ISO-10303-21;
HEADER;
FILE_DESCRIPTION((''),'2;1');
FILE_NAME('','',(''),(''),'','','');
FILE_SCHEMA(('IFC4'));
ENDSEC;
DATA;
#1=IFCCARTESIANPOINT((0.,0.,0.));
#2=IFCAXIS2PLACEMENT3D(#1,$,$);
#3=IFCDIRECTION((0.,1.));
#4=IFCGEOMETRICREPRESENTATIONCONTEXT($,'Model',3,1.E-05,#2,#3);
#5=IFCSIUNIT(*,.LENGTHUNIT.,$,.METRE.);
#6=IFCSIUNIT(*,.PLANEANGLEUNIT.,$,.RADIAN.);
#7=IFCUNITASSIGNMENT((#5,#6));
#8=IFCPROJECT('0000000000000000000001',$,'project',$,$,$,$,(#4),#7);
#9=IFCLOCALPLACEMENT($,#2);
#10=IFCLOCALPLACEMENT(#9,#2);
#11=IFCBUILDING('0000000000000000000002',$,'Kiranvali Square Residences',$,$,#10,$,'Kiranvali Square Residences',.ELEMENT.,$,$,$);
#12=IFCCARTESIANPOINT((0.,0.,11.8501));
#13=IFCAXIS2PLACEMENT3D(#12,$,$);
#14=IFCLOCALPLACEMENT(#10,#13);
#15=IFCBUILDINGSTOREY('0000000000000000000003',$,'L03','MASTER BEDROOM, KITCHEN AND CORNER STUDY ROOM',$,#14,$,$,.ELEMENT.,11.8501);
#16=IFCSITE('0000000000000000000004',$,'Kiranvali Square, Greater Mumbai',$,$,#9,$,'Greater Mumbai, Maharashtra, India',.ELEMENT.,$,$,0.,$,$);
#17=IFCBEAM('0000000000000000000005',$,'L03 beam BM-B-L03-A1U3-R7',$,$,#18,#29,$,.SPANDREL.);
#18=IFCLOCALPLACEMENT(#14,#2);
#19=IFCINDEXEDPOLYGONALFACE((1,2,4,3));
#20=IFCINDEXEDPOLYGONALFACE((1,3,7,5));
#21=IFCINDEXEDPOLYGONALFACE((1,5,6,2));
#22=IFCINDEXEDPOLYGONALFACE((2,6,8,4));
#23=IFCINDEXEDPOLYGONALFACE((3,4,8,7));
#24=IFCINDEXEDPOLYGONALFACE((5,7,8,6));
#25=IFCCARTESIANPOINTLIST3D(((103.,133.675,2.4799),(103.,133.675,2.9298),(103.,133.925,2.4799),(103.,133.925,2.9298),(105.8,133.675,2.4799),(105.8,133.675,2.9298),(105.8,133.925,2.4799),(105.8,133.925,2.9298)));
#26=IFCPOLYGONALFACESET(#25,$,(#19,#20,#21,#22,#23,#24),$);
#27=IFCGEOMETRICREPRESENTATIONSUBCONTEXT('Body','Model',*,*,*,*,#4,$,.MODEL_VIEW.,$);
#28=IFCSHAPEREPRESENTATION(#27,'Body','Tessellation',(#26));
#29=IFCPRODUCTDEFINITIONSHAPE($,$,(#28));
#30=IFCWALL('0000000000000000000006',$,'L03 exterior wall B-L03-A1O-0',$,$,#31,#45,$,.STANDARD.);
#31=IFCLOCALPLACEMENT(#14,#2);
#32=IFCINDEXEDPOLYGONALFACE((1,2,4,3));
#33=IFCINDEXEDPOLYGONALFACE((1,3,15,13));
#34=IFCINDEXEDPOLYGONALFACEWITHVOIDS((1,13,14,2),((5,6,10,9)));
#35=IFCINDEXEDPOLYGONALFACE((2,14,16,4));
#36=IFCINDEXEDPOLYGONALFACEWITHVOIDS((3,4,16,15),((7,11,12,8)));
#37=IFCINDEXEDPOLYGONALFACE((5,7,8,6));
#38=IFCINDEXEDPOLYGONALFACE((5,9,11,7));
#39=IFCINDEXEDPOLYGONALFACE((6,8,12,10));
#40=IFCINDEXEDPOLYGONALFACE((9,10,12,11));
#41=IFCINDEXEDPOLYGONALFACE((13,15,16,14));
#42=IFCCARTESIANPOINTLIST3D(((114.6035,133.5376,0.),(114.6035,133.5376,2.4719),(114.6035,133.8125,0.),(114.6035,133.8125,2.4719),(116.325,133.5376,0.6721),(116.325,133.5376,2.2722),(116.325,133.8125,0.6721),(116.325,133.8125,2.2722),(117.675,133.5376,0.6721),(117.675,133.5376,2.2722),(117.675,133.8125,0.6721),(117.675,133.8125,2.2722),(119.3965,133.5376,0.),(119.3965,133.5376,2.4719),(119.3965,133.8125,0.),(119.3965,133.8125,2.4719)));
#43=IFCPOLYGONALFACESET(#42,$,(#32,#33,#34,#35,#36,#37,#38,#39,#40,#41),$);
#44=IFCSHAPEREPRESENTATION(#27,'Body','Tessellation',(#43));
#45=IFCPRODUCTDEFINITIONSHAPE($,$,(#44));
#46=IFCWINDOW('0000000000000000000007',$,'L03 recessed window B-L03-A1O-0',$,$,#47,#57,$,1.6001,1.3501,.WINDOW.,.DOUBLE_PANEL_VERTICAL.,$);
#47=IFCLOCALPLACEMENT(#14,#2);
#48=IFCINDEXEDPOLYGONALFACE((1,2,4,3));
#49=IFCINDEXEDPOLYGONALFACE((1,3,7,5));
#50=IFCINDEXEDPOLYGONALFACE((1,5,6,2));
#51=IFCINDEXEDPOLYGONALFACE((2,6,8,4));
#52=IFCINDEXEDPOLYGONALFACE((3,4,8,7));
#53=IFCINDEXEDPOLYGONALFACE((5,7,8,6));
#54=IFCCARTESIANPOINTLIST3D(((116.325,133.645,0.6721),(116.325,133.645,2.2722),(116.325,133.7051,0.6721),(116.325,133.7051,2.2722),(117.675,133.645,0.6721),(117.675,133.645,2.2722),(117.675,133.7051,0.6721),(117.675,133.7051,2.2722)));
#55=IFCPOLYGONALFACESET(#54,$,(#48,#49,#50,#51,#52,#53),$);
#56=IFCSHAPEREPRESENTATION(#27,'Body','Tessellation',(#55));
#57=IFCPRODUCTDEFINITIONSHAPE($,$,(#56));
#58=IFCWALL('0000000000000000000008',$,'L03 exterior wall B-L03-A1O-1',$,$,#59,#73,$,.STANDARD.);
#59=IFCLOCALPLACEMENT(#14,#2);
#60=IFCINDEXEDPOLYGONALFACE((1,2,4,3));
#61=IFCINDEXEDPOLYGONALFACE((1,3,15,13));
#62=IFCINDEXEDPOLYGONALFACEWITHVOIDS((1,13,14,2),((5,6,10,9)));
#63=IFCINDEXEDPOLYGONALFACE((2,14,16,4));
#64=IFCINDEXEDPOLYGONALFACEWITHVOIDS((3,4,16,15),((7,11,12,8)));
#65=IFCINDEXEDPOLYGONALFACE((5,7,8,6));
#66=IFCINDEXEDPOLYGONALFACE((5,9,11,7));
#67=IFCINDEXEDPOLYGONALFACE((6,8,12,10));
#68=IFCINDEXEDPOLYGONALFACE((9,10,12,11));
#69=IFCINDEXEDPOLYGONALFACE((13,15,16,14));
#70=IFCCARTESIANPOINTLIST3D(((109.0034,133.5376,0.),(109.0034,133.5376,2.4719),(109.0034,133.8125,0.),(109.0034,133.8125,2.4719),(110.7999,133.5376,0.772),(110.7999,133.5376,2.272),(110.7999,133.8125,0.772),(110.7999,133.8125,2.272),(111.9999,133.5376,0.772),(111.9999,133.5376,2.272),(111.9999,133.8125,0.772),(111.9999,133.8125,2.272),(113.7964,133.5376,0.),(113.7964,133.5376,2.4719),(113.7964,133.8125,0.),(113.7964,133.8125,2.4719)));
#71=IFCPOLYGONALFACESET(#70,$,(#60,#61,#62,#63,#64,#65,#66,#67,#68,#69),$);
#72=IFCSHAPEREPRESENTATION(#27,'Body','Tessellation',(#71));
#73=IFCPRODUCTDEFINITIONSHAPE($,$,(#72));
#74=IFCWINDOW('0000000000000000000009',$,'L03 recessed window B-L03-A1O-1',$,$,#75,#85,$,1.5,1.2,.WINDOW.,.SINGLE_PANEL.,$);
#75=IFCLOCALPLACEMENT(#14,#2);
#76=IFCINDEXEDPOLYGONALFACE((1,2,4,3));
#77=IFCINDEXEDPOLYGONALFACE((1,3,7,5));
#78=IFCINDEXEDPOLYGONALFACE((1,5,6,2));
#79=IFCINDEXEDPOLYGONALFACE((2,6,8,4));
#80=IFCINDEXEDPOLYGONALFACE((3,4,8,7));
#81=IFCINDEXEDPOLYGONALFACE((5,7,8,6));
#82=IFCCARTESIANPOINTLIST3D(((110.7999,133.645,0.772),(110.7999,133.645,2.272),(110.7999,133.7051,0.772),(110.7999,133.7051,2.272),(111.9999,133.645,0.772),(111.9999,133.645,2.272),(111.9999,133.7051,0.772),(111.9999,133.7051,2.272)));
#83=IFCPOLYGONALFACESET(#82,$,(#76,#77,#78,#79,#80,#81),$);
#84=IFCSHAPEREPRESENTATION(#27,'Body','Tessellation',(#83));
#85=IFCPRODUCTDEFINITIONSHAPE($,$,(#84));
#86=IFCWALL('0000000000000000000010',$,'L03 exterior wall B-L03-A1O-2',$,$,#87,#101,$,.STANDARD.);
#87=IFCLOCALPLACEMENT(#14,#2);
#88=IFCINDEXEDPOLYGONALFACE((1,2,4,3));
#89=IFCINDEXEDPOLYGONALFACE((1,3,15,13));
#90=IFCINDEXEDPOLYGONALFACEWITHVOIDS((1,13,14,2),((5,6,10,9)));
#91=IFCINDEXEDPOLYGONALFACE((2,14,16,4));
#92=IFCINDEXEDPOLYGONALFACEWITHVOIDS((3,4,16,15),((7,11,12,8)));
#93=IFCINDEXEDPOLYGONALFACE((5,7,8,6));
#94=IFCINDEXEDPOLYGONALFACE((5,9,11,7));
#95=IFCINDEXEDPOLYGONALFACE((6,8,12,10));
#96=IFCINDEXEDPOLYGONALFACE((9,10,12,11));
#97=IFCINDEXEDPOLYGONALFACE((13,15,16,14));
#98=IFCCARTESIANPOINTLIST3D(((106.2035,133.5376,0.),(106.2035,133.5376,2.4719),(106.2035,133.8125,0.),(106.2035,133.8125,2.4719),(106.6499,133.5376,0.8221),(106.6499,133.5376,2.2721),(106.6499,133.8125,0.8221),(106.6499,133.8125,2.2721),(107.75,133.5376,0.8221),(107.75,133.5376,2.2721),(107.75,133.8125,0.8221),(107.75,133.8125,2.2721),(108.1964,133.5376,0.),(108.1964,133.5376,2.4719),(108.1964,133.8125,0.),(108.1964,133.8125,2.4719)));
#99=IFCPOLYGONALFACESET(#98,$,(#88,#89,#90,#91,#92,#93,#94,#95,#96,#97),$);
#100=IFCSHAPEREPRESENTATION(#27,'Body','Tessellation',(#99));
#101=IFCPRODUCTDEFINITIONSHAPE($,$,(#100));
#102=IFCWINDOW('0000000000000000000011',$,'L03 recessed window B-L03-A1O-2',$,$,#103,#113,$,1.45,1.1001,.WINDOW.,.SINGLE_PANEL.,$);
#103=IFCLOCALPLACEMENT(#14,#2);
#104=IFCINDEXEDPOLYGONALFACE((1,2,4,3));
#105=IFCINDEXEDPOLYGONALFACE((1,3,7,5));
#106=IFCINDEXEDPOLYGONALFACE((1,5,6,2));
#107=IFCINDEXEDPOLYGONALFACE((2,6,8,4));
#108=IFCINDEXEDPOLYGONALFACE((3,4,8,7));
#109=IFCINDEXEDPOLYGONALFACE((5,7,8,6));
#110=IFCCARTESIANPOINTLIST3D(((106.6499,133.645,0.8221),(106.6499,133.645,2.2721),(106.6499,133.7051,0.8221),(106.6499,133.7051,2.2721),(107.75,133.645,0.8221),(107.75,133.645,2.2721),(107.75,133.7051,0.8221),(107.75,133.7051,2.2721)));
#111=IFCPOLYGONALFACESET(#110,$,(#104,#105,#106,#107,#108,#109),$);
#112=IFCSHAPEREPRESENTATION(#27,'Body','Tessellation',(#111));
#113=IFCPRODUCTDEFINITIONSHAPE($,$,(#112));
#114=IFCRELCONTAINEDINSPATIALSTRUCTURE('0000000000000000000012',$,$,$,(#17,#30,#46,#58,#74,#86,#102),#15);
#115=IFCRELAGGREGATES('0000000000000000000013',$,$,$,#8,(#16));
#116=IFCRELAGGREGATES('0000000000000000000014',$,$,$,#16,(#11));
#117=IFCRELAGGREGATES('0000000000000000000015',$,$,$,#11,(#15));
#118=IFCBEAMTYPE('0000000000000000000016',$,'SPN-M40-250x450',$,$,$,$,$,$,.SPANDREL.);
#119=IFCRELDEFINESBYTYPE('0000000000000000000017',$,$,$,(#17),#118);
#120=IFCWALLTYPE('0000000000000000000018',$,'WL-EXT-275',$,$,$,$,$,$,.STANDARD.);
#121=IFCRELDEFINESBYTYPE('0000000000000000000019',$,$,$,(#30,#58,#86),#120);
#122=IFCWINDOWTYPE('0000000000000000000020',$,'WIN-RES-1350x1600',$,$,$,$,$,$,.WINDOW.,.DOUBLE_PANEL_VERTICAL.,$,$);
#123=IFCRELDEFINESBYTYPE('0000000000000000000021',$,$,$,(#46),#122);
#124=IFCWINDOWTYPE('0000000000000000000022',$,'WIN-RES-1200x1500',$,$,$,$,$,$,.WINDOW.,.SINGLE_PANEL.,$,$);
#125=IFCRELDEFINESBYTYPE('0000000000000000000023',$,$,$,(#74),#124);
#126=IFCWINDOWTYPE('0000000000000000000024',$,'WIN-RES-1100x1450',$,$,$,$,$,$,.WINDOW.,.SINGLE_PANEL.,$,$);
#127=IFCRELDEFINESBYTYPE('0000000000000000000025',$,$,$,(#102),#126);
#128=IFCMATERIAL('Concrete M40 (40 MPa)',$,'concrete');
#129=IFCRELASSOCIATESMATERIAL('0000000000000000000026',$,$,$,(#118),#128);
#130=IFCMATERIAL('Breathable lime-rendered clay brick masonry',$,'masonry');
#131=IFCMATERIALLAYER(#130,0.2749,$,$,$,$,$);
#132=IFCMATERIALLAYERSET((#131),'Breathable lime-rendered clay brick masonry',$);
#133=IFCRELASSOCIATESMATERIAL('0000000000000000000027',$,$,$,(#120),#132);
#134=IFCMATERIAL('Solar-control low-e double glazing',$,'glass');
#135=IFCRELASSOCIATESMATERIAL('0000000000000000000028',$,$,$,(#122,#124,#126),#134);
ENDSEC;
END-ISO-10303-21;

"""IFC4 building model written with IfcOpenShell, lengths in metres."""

from ifc_helpers import new_model, si_unit, direction, frame, frame_2d, origin, origin_2d, place, context, subcontext, project, spatial, rectangle, extrude, material, layer, layer_set, material_profile, profile_set, type_object, element, fill, save


model = new_model("IFC4")

# Units and contexts
model_context = context("Model", 3, precision=1e-05, world=origin(), true_north=direction((0.0, 1.0)))
body_context = subcontext(model_context, "Body", "Model", "MODEL_VIEW")
ifc_project = project(units=[si_unit("LENGTHUNIT", "METRE"), si_unit("PLANEANGLEUNIT", "RADIAN")], contexts=[model_context])

# Site, building, storey
site_placement = place(None, origin())
site = spatial("IfcSite", under=ifc_project, at=site_placement, Name="Kiranvali Square, Greater Mumbai", LongName="Greater Mumbai, Maharashtra, India", CompositionType="ELEMENT", RefElevation=0.0)
building_placement = place(site_placement, origin())
building = spatial("IfcBuilding", under=site, at=building_placement, Name="Kiranvali Square Residences", LongName="Kiranvali Square Residences", CompositionType="ELEMENT")
storey_placement = place(building_placement, frame((0.0, 0.0, 11.8501)))
storey = spatial("IfcBuildingStorey", under=building, at=storey_placement, Name="L03", Description="MASTER BEDROOM, KITCHEN AND CORNER STUDY ROOM", CompositionType="ELEMENT", Elevation=11.8501)

# Beam
ifc_material_1 = material(Name="Concrete M40 (40 MPa)", Category="concrete")
ifc_material_profile_1 = material_profile(ifc_material_1, rectangle(XDim=0.25, YDim=0.45, at=origin_2d()), Name="RC 250x450")
ifc_profile_set_1 = profile_set([ifc_material_profile_1], Name="Concrete M40 (40 MPa)")
beam_type_1 = type_object("IfcBeamType", Name="SPN-M40-250x450", PredefinedType="SPANDREL", material=ifc_profile_set_1)
for number, where, z_axis, x_axis, name in (
    (1, (105.8, 133.8, 2.7048), (-1.0, 0.0, 0.0), (0.0, -1.0, 0.0), "L03 beam BM-B-L03-A1U3-R7"),
):
    element("IfcBeam", number, at=place(storey_placement, frame(where, z_axis=z_axis, x_axis=x_axis)), inside=storey, type_object=beam_type_1, Name=name, PredefinedType="SPANDREL", context=body_context, shape_type="SweptSolid", body=[
        extrude(rectangle(XDim=0.25, YDim=0.45, at=origin_2d()), origin(), (0.0, 0.0, 1.0), 2.8),
    ])

# Walls, openings, windows
ifc_material_2 = material(Name="Breathable lime-rendered clay brick masonry", Category="masonry")
ifc_layer = layer(ifc_material_2, 0.2749)
ifc_layer_set = layer_set([ifc_layer], Name="Breathable lime-rendered clay brick masonry")
wall_type = type_object("IfcWallType", Name="WL-EXT-275", PredefinedType="STANDARD", material=ifc_layer_set)
wall_1_placement = place(storey_placement, frame((119.3965, 133.675, 0.0), z_axis=(0.0, 0.0, 1.0), x_axis=(-1.0, 0.0, 0.0)))
wall_1 = element("IfcWall", 2, at=wall_1_placement, inside=storey, type_object=wall_type, Name="L03 exterior wall B-L03-A1O-0", PredefinedType="STANDARD", context=body_context, shape_type="SweptSolid", body=[
    extrude(rectangle(XDim=4.793, YDim=0.2749, at=frame_2d((2.3965, 0.0))), origin(), (0.0, 0.0, 1.0), 2.4719),
])
opening_1_placement = place(wall_1_placement, frame((1.7214, 0.0, 0.6721)))
opening_1 = element("IfcOpeningElement", 3, at=opening_1_placement, cuts=wall_1, PredefinedType="OPENING", context=body_context, shape_type="SweptSolid", body=[
    extrude(rectangle(XDim=1.3501, YDim=1.6001, at=frame_2d((0.675, 0.8))), frame((0.0, 0.1475, 0.0), z_axis=(0.0, -1.0, 0.0), x_axis=(1.0, 0.0, 0.0)), (0.0, 0.0, 1.0), 0.2949),
])
ifc_material_3 = material(Name="Solar-control low-e double glazing", Category="glass")
window_type_1 = type_object("IfcWindowType", Name="WIN-RES-1350x1600", PartitioningType="DOUBLE_PANEL_VERTICAL", PredefinedType="WINDOW", material=ifc_material_3)
window_1_placement = place(opening_1_placement, origin())
window_1 = element("IfcWindow", 4, at=window_1_placement, inside=storey, type_object=window_type_1, Name="L03 recessed window B-L03-A1O-0", OverallHeight=1.6001, OverallWidth=1.3501, PartitioningType="DOUBLE_PANEL_VERTICAL", PredefinedType="WINDOW", context=body_context, shape_type="SweptSolid", body=[
    extrude(rectangle(XDim=1.3501, YDim=1.6001, at=frame_2d((0.675, 0.8))), frame((0.0, 0.03, 0.0), z_axis=(0.0, -1.0, 0.0), x_axis=(1.0, 0.0, 0.0)), (0.0, 0.0, 1.0), 0.0601),
])
fill(opening_1, window_1)
wall_2_placement = place(storey_placement, frame((113.7964, 133.675, 0.0), z_axis=(0.0, 0.0, 1.0), x_axis=(-1.0, 0.0, 0.0)))
wall_2 = element("IfcWall", 5, at=wall_2_placement, inside=storey, type_object=wall_type, Name="L03 exterior wall B-L03-A1O-1", PredefinedType="STANDARD", context=body_context, shape_type="SweptSolid", body=[
    extrude(rectangle(XDim=4.793, YDim=0.2749, at=frame_2d((2.3965, 0.0))), origin(), (0.0, 0.0, 1.0), 2.4719),
])
opening_2_placement = place(wall_2_placement, frame((1.7964, 0.0, 0.772)))
opening_2 = element("IfcOpeningElement", 6, at=opening_2_placement, cuts=wall_2, PredefinedType="OPENING", context=body_context, shape_type="SweptSolid", body=[
    extrude(rectangle(XDim=1.2, YDim=1.5, at=frame_2d((0.6001, 0.75))), frame((0.0, 0.1475, 0.0), z_axis=(0.0, -1.0, 0.0), x_axis=(1.0, 0.0, 0.0)), (0.0, 0.0, 1.0), 0.2949),
])
window_type_2 = type_object("IfcWindowType", Name="WIN-RES-1200x1500", PartitioningType="SINGLE_PANEL", PredefinedType="WINDOW", material=ifc_material_3)
window_2_placement = place(opening_2_placement, origin())
window_2 = element("IfcWindow", 7, at=window_2_placement, inside=storey, type_object=window_type_2, Name="L03 recessed window B-L03-A1O-1", OverallHeight=1.5, OverallWidth=1.2, PartitioningType="SINGLE_PANEL", PredefinedType="WINDOW", context=body_context, shape_type="SweptSolid", body=[
    extrude(rectangle(XDim=1.2, YDim=1.5, at=frame_2d((0.6001, 0.75))), frame((0.0, 0.03, 0.0), z_axis=(0.0, -1.0, 0.0), x_axis=(1.0, 0.0, 0.0)), (0.0, 0.0, 1.0), 0.0601),
])
fill(opening_2, window_2)
wall_3_placement = place(storey_placement, frame((108.1965, 133.675, 0.0), z_axis=(0.0, 0.0, 1.0), x_axis=(-1.0, 0.0, 0.0)))
wall_3 = element("IfcWall", 8, at=wall_3_placement, inside=storey, type_object=wall_type, Name="L03 exterior wall B-L03-A1O-2", PredefinedType="STANDARD", context=body_context, shape_type="SweptSolid", body=[
    extrude(rectangle(XDim=1.9929, YDim=0.2749, at=frame_2d((0.9966, 0.0))), origin(), (0.0, 0.0, 1.0), 2.4719),
])
opening_3_placement = place(wall_3_placement, frame((0.4465, 0.0, 0.822)))
opening_3 = element("IfcOpeningElement", 9, at=opening_3_placement, cuts=wall_3, PredefinedType="OPENING", context=body_context, shape_type="SweptSolid", body=[
    extrude(rectangle(XDim=1.1001, YDim=1.45, at=frame_2d((0.55, 0.7251))), frame((0.0, 0.1475, 0.0), z_axis=(0.0, -1.0, 0.0), x_axis=(1.0, 0.0, 0.0)), (0.0, 0.0, 1.0), 0.2949),
])
window_type_3 = type_object("IfcWindowType", Name="WIN-RES-1100x1450", PartitioningType="SINGLE_PANEL", PredefinedType="WINDOW", material=ifc_material_3)
window_3_placement = place(opening_3_placement, origin())
window_3 = element("IfcWindow", 10, at=window_3_placement, inside=storey, type_object=window_type_3, Name="L03 recessed window B-L03-A1O-2", OverallHeight=1.45, OverallWidth=1.1001, PartitioningType="SINGLE_PANEL", PredefinedType="WINDOW", context=body_context, shape_type="SweptSolid", body=[
    extrude(rectangle(XDim=1.1001, YDim=1.45, at=frame_2d((0.55, 0.7251))), frame((0.0, 0.03, 0.0), z_axis=(0.0, -1.0, 0.0), x_axis=(1.0, 0.0, 0.0)), (0.0, 0.0, 1.0), 0.0601),
])
fill(opening_3, window_3)

save(model, "model.ifc")
